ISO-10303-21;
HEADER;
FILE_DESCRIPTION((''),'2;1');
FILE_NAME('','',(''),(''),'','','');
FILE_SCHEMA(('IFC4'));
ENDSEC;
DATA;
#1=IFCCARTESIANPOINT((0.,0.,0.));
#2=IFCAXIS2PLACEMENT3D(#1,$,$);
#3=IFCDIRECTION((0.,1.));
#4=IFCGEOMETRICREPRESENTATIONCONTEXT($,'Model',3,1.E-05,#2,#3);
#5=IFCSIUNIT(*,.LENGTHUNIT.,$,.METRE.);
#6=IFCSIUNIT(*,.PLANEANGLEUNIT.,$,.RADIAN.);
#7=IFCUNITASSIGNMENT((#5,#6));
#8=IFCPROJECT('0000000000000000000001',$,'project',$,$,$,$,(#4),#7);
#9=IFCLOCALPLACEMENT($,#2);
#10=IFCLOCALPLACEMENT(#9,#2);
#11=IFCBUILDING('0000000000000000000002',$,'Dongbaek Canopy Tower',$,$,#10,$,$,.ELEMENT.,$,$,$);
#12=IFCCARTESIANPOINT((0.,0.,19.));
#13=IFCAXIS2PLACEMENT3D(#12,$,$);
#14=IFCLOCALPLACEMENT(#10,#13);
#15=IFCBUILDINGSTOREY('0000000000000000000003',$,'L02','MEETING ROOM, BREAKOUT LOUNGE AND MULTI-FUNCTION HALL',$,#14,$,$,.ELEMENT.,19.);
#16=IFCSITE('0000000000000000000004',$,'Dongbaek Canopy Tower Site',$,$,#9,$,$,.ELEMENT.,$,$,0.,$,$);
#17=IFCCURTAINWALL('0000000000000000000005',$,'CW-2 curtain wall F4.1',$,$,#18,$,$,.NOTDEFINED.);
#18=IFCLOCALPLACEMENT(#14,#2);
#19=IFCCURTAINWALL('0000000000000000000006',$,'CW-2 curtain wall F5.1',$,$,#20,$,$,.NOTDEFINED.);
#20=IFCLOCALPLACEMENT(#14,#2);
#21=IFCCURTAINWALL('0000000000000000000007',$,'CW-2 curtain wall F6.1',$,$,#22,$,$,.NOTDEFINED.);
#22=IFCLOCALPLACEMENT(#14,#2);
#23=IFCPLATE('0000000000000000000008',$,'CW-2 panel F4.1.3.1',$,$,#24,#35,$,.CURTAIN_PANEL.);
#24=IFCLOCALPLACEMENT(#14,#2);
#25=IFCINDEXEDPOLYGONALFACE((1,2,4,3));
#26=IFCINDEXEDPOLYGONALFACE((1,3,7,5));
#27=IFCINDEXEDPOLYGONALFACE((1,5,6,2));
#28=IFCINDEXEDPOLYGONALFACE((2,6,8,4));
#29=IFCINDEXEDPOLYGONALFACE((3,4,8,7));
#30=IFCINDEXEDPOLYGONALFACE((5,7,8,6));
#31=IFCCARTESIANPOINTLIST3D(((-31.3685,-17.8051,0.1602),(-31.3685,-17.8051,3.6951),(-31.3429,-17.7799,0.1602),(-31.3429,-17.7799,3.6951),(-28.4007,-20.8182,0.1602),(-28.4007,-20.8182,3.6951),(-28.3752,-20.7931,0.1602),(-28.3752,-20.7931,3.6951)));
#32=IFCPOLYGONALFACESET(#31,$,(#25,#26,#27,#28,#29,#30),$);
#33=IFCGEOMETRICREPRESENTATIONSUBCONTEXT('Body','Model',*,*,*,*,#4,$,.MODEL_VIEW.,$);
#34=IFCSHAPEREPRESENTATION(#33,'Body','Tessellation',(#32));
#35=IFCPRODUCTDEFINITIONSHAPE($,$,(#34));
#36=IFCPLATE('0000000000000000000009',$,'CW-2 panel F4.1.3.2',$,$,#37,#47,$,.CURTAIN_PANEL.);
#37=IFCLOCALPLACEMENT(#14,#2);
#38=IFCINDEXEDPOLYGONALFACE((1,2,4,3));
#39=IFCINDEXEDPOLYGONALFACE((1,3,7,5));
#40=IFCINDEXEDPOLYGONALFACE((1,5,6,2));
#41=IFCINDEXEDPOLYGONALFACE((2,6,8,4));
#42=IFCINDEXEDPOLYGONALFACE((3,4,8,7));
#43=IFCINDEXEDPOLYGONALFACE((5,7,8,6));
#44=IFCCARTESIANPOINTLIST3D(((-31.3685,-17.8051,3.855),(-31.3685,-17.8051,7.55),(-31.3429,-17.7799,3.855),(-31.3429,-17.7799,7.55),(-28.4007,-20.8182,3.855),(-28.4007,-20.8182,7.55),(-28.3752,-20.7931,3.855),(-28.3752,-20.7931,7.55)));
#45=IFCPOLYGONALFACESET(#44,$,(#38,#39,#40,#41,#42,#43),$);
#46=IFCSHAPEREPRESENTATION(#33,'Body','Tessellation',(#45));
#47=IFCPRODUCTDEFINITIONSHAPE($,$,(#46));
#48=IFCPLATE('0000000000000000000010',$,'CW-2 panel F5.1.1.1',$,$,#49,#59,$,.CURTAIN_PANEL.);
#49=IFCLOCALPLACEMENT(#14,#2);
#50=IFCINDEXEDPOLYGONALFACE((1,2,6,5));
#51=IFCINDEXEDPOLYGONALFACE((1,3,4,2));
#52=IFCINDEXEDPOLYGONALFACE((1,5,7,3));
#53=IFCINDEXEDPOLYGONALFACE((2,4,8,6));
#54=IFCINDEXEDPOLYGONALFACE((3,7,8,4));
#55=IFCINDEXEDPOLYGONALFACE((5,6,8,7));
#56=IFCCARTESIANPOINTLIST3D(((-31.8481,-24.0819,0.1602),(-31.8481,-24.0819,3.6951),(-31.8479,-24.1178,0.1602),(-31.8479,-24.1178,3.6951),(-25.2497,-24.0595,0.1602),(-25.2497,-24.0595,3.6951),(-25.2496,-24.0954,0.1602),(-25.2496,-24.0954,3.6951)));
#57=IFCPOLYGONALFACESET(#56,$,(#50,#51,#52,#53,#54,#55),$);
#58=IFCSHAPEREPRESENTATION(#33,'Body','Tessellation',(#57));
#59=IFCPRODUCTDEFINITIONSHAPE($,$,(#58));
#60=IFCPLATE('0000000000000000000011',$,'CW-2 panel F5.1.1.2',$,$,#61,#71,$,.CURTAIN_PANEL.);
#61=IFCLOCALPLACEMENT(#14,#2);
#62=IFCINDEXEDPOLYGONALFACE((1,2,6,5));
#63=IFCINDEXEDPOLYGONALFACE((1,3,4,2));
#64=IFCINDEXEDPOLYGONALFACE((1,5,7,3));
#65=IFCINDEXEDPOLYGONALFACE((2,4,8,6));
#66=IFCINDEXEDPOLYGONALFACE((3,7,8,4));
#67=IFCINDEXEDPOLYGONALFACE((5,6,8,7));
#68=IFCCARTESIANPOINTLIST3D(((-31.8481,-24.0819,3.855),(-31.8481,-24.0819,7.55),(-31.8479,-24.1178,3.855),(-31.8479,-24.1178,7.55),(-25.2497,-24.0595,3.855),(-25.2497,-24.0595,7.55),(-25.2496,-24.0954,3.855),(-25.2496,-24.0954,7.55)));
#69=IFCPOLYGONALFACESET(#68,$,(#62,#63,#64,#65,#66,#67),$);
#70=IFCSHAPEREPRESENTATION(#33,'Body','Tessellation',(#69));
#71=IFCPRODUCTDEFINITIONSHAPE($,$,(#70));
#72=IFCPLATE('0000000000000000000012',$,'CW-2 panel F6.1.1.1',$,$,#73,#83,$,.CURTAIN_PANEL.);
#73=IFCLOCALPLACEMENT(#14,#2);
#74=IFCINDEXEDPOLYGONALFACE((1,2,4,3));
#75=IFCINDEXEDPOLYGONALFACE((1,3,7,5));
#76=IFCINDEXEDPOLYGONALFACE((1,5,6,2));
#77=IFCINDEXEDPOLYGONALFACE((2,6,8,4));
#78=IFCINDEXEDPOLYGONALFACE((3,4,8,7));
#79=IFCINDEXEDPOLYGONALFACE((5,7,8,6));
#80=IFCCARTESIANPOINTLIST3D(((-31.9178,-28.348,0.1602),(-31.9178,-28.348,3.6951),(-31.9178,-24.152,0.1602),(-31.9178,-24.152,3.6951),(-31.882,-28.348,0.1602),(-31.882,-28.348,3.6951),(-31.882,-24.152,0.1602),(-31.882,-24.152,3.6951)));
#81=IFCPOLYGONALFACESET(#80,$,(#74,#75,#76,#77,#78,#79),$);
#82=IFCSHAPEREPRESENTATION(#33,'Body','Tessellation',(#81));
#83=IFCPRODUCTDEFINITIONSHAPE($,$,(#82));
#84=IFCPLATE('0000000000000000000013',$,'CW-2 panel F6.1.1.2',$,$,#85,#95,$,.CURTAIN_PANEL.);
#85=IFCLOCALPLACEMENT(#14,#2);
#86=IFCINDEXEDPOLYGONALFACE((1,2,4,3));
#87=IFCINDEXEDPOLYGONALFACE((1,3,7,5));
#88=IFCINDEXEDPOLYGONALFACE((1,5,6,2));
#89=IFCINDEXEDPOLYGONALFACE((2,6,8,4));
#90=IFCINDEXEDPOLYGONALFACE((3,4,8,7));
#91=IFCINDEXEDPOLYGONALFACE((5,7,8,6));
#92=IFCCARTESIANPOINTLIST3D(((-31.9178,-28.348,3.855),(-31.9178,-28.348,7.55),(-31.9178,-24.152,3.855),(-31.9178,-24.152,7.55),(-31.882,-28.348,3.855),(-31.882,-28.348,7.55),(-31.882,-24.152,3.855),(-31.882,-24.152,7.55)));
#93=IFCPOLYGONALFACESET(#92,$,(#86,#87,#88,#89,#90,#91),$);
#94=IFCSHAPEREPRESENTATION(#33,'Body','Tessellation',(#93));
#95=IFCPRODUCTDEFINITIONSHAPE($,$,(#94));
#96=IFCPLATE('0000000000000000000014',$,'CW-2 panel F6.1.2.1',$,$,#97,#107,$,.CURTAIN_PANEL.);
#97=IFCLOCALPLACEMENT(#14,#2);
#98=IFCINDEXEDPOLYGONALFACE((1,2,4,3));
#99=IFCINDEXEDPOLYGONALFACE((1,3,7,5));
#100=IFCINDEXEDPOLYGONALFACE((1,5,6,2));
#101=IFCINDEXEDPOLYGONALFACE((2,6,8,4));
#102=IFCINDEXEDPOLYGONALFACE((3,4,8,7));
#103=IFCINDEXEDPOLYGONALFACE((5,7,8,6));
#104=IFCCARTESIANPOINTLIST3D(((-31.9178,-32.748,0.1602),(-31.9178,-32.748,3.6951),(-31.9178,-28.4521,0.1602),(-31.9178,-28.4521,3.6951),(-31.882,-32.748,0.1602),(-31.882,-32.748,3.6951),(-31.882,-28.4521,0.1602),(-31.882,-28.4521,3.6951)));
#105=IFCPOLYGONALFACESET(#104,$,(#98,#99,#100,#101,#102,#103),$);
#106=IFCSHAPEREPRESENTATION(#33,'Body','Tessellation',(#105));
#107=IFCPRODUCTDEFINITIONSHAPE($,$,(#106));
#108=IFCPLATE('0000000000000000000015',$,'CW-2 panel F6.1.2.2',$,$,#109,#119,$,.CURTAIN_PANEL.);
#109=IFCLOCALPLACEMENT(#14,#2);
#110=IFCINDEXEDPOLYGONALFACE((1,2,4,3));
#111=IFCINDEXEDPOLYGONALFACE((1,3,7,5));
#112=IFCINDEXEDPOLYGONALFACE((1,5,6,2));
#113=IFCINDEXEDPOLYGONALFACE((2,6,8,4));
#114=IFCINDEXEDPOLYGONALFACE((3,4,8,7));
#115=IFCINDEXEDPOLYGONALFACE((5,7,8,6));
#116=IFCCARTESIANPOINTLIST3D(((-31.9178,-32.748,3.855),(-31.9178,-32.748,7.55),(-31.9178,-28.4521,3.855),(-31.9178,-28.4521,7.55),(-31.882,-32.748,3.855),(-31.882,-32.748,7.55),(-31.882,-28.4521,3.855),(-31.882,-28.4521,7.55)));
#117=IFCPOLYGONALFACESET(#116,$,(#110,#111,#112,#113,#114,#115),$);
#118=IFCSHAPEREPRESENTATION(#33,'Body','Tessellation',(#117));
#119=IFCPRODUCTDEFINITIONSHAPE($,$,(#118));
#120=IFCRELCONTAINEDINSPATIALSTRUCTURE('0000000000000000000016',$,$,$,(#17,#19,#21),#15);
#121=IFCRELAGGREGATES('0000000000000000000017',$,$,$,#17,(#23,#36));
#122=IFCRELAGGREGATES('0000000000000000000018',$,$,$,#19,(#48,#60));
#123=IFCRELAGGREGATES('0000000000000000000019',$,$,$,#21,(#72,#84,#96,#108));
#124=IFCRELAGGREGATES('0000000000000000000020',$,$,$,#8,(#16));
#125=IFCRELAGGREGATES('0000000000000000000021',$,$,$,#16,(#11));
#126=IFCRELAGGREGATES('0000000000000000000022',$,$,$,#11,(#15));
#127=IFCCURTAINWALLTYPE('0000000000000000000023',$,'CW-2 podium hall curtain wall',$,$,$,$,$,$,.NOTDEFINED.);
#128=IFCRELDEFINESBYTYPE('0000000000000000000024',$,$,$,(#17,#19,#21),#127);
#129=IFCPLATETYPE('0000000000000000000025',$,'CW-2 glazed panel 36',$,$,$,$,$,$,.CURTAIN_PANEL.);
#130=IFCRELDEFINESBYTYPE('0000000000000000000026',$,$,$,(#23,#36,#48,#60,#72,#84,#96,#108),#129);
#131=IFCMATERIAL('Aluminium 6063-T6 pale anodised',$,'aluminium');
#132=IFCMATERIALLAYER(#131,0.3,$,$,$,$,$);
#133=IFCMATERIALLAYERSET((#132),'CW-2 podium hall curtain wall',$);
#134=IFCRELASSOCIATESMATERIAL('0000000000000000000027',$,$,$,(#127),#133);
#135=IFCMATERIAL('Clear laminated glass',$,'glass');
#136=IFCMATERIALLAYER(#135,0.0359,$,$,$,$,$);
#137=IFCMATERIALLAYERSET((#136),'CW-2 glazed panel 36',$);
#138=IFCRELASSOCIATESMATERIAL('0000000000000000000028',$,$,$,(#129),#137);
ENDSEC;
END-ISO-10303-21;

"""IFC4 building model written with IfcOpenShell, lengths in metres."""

from ifc_helpers import new_model, si_unit, direction, frame, origin, origin_2d, place, context, subcontext, project, spatial, rectangle, extrude, material, layer, layer_set, type_object, element, aggregate, save


model = new_model("IFC4")

# Units and contexts
model_context = context("Model", 3, precision=1e-05, world=origin(), true_north=direction((0.0, 1.0)))
body_context = subcontext(model_context, "Body", "Model", "MODEL_VIEW")
ifc_project = project(units=[si_unit("LENGTHUNIT", "METRE"), si_unit("PLANEANGLEUNIT", "RADIAN")], contexts=[model_context])

# Site, building, storey
site_placement = place(None, origin())
site = spatial("IfcSite", under=ifc_project, at=site_placement, Name="Dongbaek Canopy Tower Site", CompositionType="ELEMENT", RefElevation=0.0)
building_placement = place(site_placement, origin())
building = spatial("IfcBuilding", under=site, at=building_placement, Name="Dongbaek Canopy Tower", CompositionType="ELEMENT")
storey_placement = place(building_placement, frame((0.0, 0.0, 19.0)))
storey = spatial("IfcBuildingStorey", under=building, at=storey_placement, Name="L02", Description="MEETING ROOM, BREAKOUT LOUNGE AND MULTI-FUNCTION HALL", CompositionType="ELEMENT", Elevation=19.0)

# Curtain wall
ifc_material_1 = material(Name="Aluminium 6063-T6 pale anodised", Category="aluminium")
ifc_layer_1 = layer(ifc_material_1, 0.3)
ifc_layer_set_1 = layer_set([ifc_layer_1], Name="CW-2 podium hall curtain wall")
curtain_wall_type = type_object("IfcCurtainWallType", Name="CW-2 podium hall curtain wall", PredefinedType="NOTDEFINED", material=ifc_layer_set_1)
curtain_wall_1_placement = place(storey_placement, origin())
curtain_wall_1 = element("IfcCurtainWall", 1, at=curtain_wall_1_placement, inside=storey, type_object=curtain_wall_type, Name="CW-2 curtain wall F4.1", PredefinedType="NOTDEFINED")

# Curtain walls
curtain_wall_2_placement = place(storey_placement, origin())
curtain_wall_2 = element("IfcCurtainWall", 2, at=curtain_wall_2_placement, inside=storey, type_object=curtain_wall_type, Name="CW-2 curtain wall F5.1", PredefinedType="NOTDEFINED")
curtain_wall_3_placement = place(storey_placement, origin())
curtain_wall_3 = element("IfcCurtainWall", 3, at=curtain_wall_3_placement, inside=storey, type_object=curtain_wall_type, Name="CW-2 curtain wall F6.1", PredefinedType="NOTDEFINED")

# Plates
ifc_material_2 = material(Name="Clear laminated glass", Category="glass")
ifc_layer_2 = layer(ifc_material_2, 0.0359)
ifc_layer_set_2 = layer_set([ifc_layer_2], Name="CW-2 glazed panel 36")
plate_type = type_object("IfcPlateType", Name="CW-2 glazed panel 36", PredefinedType="CURTAIN_PANEL", material=ifc_layer_set_2)
plate_1_placement = place(storey_placement, frame((-29.8718, -19.2991, 0.1602), z_axis=(0.0, 0.0, 1.0), x_axis=(0.701718, -0.712455, 0.0)))
plate_1 = element("IfcPlate", 4, at=plate_1_placement, type_object=plate_type, Name="CW-2 panel F4.1.3.1", PredefinedType="CURTAIN_PANEL", context=body_context, shape_type="SweptSolid", body=[
    extrude(rectangle(XDim=4.2292, YDim=0.0359, at=origin_2d()), origin(), (0.0, 0.0, 1.0), 3.5349),
])
plate_2_placement = place(storey_placement, frame((-29.8718, -19.2991, 3.855), z_axis=(0.0, 0.0, 1.0), x_axis=(0.701718, -0.712455, 0.0)))
plate_2 = element("IfcPlate", 5, at=plate_2_placement, type_object=plate_type, Name="CW-2 panel F4.1.3.2", PredefinedType="CURTAIN_PANEL", context=body_context, shape_type="SweptSolid", body=[
    extrude(rectangle(XDim=4.2292, YDim=0.0359, at=origin_2d()), origin(), (0.0, 0.0, 1.0), 3.6951),
])
aggregate(curtain_wall_1, [plate_1, plate_2])
plate_3_placement = place(storey_placement, frame((-28.5488, -24.0886, 0.1602), z_axis=(0.0, 0.0, 1.0), x_axis=(-0.999994, -0.003396, 0.0)))
plate_3 = element("IfcPlate", 6, at=plate_3_placement, type_object=plate_type, Name="CW-2 panel F5.1.1.1", PredefinedType="CURTAIN_PANEL", context=body_context, shape_type="SweptSolid", body=[
    extrude(rectangle(XDim=6.5984, YDim=0.0359, at=origin_2d()), origin(), (0.0, 0.0, 1.0), 3.5349),
])
plate_4_placement = place(storey_placement, frame((-28.5488, -24.0886, 3.855), z_axis=(0.0, 0.0, 1.0), x_axis=(-0.999994, -0.003396, 0.0)))
plate_4 = element("IfcPlate", 7, at=plate_4_placement, type_object=plate_type, Name="CW-2 panel F5.1.1.2", PredefinedType="CURTAIN_PANEL", context=body_context, shape_type="SweptSolid", body=[
    extrude(rectangle(XDim=6.5984, YDim=0.0359, at=origin_2d()), origin(), (0.0, 0.0, 1.0), 3.6951),
])
aggregate(curtain_wall_2, [plate_3, plate_4])
plate_5_placement = place(storey_placement, frame((-31.8999, -26.25, 0.1602), z_axis=(0.0, 0.0, 1.0), x_axis=(0.0, -1.0, 0.0)))
plate_5 = element("IfcPlate", 8, at=plate_5_placement, type_object=plate_type, Name="CW-2 panel F6.1.1.1", PredefinedType="CURTAIN_PANEL", context=body_context, shape_type="SweptSolid", body=[
    extrude(rectangle(XDim=4.196, YDim=0.0359, at=origin_2d()), origin(), (0.0, 0.0, 1.0), 3.5349),
])
plate_6_placement = place(storey_placement, frame((-31.8999, -26.25, 3.855), z_axis=(0.0, 0.0, 1.0), x_axis=(0.0, -1.0, 0.0)))
plate_6 = element("IfcPlate", 9, at=plate_6_placement, type_object=plate_type, Name="CW-2 panel F6.1.1.2", PredefinedType="CURTAIN_PANEL", context=body_context, shape_type="SweptSolid", body=[
    extrude(rectangle(XDim=4.196, YDim=0.0359, at=origin_2d()), origin(), (0.0, 0.0, 1.0), 3.6951),
])
plate_7_placement = place(storey_placement, frame((-31.8999, -30.6001, 0.1602), z_axis=(0.0, 0.0, 1.0), x_axis=(0.0, -1.0, 0.0)))
plate_7 = element("IfcPlate", 10, at=plate_7_placement, type_object=plate_type, Name="CW-2 panel F6.1.2.1", PredefinedType="CURTAIN_PANEL", context=body_context, shape_type="SweptSolid", body=[
    extrude(rectangle(XDim=4.2959, YDim=0.0359, at=origin_2d()), origin(), (0.0, 0.0, 1.0), 3.5349),
])
plate_8_placement = place(storey_placement, frame((-31.8999, -30.6001, 3.855), z_axis=(0.0, 0.0, 1.0), x_axis=(0.0, -1.0, 0.0)))
plate_8 = element("IfcPlate", 11, at=plate_8_placement, type_object=plate_type, Name="CW-2 panel F6.1.2.2", PredefinedType="CURTAIN_PANEL", context=body_context, shape_type="SweptSolid", body=[
    extrude(rectangle(XDim=4.2959, YDim=0.0359, at=origin_2d()), origin(), (0.0, 0.0, 1.0), 3.6951),
])
aggregate(curtain_wall_3, [plate_5, plate_6, plate_7, plate_8])

save(model, "model.ifc")
